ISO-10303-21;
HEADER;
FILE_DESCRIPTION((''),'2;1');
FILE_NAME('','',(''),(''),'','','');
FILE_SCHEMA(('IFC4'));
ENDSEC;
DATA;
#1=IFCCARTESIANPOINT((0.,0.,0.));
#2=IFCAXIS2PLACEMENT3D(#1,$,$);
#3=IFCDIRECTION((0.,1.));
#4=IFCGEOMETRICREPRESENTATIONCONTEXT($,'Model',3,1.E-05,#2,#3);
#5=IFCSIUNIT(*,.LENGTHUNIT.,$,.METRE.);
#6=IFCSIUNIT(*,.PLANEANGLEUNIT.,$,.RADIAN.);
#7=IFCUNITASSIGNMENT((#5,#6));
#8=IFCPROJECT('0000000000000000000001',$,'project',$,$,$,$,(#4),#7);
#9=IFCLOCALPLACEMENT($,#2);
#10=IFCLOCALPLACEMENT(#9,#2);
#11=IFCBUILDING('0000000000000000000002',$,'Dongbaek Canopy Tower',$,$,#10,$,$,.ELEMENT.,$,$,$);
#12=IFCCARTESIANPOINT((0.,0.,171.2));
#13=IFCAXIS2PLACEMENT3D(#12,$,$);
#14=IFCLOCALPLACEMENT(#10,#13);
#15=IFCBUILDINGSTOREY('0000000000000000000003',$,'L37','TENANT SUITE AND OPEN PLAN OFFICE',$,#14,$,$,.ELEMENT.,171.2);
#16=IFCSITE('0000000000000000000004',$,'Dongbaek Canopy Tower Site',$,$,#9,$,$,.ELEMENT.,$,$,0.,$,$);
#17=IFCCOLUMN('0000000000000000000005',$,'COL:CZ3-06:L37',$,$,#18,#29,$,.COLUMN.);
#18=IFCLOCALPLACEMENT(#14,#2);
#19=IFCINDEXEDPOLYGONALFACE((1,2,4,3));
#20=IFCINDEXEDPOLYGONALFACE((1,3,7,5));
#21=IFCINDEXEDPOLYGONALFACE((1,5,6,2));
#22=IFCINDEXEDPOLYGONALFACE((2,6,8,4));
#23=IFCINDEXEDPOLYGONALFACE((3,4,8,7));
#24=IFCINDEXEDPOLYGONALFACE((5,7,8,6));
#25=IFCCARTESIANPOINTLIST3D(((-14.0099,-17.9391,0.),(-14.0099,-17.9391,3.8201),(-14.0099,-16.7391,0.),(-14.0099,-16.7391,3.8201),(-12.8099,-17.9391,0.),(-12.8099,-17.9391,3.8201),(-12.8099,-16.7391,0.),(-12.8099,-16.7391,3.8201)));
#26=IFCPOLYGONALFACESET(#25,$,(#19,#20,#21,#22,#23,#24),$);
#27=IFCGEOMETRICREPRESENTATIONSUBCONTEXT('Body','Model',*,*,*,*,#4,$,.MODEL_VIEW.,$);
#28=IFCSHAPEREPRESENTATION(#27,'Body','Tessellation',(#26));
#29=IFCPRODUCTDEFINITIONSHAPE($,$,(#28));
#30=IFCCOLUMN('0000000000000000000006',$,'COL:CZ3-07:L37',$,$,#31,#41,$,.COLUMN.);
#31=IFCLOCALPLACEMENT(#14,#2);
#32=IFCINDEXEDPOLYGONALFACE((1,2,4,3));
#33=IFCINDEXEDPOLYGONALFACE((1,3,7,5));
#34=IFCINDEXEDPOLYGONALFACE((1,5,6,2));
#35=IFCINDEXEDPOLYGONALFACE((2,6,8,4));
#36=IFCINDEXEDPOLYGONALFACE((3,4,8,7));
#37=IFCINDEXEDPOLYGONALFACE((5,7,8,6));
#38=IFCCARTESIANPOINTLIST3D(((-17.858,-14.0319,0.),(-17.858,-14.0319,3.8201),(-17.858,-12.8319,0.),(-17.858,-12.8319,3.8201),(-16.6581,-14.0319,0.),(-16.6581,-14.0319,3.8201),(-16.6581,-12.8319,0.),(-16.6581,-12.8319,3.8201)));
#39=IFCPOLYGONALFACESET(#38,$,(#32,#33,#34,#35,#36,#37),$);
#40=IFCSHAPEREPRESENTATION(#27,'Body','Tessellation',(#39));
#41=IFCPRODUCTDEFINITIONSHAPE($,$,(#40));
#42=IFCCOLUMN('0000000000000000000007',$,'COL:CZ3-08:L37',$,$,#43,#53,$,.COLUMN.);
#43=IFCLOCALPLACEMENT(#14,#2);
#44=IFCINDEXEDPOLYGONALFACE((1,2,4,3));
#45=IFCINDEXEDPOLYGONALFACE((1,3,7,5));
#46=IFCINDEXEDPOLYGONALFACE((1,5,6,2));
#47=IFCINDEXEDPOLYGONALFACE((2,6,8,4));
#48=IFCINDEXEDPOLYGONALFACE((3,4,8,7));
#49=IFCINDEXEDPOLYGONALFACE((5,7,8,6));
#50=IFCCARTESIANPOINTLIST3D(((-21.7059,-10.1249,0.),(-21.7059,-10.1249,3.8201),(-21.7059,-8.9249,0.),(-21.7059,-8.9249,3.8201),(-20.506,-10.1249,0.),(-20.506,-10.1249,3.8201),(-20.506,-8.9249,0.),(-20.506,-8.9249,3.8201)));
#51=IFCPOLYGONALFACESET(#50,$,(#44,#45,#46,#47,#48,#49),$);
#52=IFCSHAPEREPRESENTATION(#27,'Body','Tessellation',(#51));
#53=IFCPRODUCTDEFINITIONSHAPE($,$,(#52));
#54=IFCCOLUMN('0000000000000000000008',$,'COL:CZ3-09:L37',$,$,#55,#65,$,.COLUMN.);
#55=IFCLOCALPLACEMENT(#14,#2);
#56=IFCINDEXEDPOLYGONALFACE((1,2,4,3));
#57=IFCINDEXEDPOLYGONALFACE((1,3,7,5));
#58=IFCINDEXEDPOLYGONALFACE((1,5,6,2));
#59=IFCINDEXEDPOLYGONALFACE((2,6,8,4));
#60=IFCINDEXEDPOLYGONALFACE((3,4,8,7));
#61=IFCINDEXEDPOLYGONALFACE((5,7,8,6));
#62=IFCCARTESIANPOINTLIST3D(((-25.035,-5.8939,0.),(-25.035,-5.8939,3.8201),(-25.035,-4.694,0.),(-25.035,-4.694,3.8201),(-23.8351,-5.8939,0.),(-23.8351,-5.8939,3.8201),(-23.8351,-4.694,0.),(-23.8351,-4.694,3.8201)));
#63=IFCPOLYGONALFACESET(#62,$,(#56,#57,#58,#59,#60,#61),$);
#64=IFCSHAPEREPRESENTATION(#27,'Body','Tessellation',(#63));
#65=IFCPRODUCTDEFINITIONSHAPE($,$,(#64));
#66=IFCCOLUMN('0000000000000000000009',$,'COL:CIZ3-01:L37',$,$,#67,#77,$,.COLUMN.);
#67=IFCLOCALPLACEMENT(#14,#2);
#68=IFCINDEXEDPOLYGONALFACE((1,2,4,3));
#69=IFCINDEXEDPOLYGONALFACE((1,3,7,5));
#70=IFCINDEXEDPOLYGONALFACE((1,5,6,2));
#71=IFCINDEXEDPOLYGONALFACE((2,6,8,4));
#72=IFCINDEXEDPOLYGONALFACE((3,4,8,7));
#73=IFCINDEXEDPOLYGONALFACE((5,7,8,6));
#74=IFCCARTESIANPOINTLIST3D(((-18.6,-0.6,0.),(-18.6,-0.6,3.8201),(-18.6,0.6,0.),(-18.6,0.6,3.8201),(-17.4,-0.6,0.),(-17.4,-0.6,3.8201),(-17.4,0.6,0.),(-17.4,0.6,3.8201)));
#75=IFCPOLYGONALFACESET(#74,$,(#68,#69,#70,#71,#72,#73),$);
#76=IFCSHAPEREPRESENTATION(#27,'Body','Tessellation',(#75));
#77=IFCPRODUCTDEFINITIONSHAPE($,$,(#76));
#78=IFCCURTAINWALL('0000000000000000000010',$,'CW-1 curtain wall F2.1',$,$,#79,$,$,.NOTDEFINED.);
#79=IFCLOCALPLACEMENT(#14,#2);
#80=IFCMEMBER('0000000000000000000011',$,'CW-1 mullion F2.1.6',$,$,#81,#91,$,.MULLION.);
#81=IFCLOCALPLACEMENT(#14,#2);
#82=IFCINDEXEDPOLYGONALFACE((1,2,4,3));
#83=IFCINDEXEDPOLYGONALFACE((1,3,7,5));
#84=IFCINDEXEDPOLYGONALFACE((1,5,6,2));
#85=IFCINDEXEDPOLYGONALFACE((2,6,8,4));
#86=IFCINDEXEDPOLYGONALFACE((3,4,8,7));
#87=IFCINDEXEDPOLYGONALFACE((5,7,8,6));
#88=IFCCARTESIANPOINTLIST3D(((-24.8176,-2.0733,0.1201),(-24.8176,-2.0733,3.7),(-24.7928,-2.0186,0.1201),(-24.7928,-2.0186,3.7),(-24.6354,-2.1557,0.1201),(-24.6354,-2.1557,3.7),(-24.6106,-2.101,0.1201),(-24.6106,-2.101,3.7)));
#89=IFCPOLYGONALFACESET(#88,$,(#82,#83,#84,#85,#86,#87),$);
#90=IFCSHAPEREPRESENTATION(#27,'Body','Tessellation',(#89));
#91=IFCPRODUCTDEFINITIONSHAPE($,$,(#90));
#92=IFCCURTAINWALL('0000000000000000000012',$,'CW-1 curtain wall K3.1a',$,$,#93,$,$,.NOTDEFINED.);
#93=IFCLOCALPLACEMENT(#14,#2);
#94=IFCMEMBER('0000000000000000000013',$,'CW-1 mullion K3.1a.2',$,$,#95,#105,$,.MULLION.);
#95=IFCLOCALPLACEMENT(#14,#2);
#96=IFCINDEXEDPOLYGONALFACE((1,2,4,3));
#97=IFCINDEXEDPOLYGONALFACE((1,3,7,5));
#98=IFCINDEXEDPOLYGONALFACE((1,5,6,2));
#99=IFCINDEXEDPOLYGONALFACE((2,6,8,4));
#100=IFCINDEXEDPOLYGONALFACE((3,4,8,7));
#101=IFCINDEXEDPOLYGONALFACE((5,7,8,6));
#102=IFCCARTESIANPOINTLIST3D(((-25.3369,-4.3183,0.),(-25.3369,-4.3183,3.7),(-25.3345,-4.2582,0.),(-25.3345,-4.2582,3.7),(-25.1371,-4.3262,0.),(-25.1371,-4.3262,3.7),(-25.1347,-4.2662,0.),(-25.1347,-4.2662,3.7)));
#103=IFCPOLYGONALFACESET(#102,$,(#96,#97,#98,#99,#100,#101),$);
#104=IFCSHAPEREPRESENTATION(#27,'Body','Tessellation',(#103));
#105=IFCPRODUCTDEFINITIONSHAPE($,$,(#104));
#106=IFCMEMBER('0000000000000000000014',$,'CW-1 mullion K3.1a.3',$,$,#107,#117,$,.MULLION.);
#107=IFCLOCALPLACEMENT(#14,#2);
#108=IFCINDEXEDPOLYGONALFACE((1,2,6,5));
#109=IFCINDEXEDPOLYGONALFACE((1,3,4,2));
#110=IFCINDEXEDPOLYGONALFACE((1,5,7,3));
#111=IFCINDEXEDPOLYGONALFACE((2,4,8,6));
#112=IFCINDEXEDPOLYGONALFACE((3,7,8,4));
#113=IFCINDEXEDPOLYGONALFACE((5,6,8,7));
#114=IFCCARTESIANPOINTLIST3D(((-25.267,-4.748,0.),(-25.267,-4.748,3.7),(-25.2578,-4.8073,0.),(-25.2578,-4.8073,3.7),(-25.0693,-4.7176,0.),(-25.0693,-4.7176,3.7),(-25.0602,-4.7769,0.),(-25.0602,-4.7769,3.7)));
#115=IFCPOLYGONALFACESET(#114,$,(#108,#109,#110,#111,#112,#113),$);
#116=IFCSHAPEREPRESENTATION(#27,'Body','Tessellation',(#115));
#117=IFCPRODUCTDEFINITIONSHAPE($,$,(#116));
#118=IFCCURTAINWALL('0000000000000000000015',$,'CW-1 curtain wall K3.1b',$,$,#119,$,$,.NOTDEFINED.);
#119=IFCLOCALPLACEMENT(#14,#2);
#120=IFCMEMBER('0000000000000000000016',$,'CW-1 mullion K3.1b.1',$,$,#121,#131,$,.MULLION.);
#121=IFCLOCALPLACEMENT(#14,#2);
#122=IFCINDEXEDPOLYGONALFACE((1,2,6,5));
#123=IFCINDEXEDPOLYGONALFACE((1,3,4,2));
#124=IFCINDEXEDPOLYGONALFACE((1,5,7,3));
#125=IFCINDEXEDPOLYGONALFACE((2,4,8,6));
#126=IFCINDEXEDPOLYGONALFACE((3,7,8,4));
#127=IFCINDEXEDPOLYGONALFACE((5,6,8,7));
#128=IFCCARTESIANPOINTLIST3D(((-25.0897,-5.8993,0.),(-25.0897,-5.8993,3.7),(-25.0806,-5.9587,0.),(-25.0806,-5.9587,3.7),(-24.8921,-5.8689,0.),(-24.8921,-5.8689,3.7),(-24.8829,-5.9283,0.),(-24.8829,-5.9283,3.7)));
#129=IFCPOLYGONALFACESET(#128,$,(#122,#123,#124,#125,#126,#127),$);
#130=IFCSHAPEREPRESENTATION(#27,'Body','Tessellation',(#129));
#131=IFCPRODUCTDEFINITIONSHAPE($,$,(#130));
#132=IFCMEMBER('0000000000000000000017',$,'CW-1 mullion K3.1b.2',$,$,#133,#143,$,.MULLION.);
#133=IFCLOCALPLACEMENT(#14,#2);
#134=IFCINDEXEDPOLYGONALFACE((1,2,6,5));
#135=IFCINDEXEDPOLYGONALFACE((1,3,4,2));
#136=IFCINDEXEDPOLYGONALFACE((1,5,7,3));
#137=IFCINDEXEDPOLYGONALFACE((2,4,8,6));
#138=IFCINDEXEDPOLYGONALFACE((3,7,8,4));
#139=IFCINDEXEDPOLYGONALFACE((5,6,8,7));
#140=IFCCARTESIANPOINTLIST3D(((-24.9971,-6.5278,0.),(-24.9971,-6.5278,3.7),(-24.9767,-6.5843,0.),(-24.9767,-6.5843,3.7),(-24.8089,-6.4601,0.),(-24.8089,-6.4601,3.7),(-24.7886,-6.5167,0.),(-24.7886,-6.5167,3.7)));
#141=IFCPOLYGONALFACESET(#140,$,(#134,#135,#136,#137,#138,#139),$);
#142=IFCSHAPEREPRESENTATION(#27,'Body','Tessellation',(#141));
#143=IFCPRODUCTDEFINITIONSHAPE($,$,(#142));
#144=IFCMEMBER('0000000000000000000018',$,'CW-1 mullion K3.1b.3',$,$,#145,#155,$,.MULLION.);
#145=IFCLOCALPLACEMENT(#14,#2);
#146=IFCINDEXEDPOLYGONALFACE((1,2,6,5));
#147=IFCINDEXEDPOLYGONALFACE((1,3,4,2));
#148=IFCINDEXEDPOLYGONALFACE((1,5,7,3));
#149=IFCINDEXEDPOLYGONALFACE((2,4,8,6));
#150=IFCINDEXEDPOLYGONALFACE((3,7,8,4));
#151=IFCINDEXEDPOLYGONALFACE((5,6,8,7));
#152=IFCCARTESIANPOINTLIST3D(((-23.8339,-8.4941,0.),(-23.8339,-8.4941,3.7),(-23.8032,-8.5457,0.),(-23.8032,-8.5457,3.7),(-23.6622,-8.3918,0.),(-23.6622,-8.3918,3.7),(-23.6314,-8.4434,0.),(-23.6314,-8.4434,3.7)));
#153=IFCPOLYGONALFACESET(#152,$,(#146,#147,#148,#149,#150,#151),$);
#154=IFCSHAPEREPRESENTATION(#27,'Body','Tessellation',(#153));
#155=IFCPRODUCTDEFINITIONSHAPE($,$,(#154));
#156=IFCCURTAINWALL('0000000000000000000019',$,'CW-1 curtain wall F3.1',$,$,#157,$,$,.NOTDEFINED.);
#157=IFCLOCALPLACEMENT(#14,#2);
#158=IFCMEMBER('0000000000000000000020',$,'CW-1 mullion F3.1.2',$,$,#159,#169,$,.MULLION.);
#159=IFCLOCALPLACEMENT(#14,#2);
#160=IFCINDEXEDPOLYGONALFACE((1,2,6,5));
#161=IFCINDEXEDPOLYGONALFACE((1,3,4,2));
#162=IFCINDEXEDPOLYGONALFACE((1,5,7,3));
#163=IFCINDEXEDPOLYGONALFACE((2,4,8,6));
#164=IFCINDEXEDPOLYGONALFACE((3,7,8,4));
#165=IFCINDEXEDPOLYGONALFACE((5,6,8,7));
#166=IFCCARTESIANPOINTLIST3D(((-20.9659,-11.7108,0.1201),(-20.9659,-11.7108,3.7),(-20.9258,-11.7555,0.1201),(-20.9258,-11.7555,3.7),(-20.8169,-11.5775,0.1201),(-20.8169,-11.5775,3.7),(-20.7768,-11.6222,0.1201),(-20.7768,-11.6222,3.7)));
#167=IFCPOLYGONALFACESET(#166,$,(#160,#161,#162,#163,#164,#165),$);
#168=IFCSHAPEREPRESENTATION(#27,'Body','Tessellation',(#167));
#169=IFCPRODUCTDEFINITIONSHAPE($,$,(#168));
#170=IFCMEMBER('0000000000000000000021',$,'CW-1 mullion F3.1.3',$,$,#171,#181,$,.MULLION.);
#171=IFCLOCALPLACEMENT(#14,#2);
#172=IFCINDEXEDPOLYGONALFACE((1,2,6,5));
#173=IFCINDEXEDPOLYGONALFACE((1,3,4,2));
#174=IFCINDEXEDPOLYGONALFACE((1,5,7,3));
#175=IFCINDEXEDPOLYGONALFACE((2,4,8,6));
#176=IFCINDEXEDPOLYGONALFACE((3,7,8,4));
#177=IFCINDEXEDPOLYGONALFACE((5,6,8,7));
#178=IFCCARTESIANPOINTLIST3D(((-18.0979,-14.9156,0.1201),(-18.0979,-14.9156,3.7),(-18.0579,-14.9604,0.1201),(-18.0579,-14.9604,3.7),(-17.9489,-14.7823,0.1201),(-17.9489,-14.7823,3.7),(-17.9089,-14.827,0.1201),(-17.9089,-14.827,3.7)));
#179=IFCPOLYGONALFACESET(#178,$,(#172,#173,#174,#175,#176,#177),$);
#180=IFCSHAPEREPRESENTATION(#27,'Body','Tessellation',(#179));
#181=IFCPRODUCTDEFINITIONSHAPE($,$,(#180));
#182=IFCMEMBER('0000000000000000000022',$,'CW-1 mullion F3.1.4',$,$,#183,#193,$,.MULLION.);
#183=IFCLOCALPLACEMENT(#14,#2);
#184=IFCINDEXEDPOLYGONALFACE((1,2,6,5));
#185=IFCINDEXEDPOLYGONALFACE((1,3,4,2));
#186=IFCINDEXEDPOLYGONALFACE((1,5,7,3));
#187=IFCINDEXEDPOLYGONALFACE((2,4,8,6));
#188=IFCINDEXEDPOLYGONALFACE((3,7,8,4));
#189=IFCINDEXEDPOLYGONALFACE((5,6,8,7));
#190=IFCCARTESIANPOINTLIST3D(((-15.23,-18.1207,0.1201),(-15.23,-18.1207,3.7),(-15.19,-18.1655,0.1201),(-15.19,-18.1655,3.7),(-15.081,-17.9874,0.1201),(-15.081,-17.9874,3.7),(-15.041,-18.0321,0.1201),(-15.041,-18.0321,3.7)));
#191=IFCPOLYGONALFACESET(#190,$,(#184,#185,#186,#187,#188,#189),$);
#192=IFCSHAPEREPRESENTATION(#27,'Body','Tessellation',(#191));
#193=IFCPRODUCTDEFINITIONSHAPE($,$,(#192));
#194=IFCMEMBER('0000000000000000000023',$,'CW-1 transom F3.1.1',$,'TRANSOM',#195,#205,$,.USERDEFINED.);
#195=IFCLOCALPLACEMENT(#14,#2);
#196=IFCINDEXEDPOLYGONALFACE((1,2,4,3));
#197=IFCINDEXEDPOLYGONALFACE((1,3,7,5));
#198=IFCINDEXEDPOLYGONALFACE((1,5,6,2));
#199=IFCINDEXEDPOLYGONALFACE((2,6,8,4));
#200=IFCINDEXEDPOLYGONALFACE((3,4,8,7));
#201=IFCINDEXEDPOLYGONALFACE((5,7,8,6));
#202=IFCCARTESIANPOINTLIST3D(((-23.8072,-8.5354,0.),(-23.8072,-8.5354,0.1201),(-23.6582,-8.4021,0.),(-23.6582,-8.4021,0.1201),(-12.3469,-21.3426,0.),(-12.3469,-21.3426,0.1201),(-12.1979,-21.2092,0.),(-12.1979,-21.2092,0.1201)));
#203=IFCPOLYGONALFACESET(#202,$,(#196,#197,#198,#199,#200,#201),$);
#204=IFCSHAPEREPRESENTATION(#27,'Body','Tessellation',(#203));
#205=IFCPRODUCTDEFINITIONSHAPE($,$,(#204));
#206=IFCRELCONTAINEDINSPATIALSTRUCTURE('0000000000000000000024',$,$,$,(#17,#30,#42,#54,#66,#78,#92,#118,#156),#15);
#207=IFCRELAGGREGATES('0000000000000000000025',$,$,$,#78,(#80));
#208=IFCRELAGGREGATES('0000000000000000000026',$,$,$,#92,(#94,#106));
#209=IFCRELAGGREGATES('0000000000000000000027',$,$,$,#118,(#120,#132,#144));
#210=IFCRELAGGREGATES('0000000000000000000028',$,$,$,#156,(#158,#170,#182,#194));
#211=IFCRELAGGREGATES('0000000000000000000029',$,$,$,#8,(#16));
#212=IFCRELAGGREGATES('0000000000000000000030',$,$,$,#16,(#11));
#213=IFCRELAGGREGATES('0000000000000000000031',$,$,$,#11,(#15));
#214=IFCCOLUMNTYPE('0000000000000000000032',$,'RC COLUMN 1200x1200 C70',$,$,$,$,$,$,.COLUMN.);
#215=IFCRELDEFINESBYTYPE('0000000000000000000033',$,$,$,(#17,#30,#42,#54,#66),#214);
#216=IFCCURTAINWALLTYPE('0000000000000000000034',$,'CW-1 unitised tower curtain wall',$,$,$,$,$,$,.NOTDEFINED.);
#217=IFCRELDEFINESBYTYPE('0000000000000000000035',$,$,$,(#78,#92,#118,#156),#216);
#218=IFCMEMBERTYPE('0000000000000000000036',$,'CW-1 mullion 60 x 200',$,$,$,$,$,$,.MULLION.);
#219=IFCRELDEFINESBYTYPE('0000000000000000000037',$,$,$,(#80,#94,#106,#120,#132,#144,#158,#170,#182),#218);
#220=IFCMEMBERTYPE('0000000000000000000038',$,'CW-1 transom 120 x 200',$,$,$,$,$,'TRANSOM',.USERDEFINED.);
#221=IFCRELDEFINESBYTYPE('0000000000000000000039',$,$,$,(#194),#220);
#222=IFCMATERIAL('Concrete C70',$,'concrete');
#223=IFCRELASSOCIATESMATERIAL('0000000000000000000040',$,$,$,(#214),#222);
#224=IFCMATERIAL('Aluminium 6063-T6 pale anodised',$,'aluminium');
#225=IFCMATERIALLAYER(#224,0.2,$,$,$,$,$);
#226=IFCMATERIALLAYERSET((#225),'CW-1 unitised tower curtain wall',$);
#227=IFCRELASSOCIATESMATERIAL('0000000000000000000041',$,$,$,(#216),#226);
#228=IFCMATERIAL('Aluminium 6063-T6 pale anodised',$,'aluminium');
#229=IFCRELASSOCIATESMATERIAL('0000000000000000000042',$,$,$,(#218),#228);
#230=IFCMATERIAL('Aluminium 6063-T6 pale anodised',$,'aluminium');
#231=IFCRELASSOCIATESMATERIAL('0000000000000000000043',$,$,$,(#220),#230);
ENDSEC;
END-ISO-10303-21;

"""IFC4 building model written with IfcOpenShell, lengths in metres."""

from ifc_helpers import new_model, si_unit, direction, frame, origin, origin_2d, place, context, subcontext, project, spatial, rectangle, extrude, material, layer, layer_set, material_profile, profile_set, type_object, element, aggregate, save


model = new_model("IFC4")

# Units and contexts
model_context = context("Model", 3, precision=1e-05, world=origin(), true_north=direction((0.0, 1.0)))
body_context = subcontext(model_context, "Body", "Model", "MODEL_VIEW")
ifc_project = project(units=[si_unit("LENGTHUNIT", "METRE"), si_unit("PLANEANGLEUNIT", "RADIAN")], contexts=[model_context])

# Site, building, storey
site_placement = place(None, origin())
site = spatial("IfcSite", under=ifc_project, at=site_placement, Name="Dongbaek Canopy Tower Site", CompositionType="ELEMENT", RefElevation=0.0)
building_placement = place(site_placement, origin())
building = spatial("IfcBuilding", under=site, at=building_placement, Name="Dongbaek Canopy Tower", CompositionType="ELEMENT")
storey_placement = place(building_placement, frame((0.0, 0.0, 171.2)))
storey = spatial("IfcBuildingStorey", under=building, at=storey_placement, Name="L37", Description="TENANT SUITE AND OPEN PLAN OFFICE", CompositionType="ELEMENT", Elevation=171.2)

# Columns
ifc_material_1 = material(Name="Concrete C70", Category="concrete")
ifc_material_profile_1 = material_profile(ifc_material_1, rectangle(XDim=1.2, YDim=1.2, at=origin_2d()), Name="RC COLUMN 1200x1200 C70")
ifc_profile_set_1 = profile_set([ifc_material_profile_1], Name="Concrete C70")
column_type = type_object("IfcColumnType", Name="RC COLUMN 1200x1200 C70", PredefinedType="COLUMN", material=ifc_profile_set_1)
for number, where, z_axis, x_axis, name in (
    (1, (-13.4099, -17.3391, 0.0), (0.0, 0.0, 1.0), (1.0, 0.0, 0.0), "COL:CZ3-06:L37"),
    (2, (-17.2581, -13.4319, 0.0), (0.0, 0.0, 1.0), (1.0, 0.0, 0.0), "COL:CZ3-07:L37"),
    (3, (-21.106, -9.5249, 0.0), (0.0, 0.0, 1.0), (1.0, 0.0, 0.0), "COL:CZ3-08:L37"),
    (4, (-24.4351, -5.2939, 0.0), (0.0, 0.0, 1.0), (1.0, 0.0, 0.0), "COL:CZ3-09:L37"),
    (5, (-18.0, 0.0, 0.0), (0.0, 0.0, 1.0), (1.0, 0.0, 0.0), "COL:CIZ3-01:L37"),
):
    element("IfcColumn", number, at=place(storey_placement, frame(where, z_axis=z_axis, x_axis=x_axis)), inside=storey, type_object=column_type, Name=name, PredefinedType="COLUMN", context=body_context, shape_type="SweptSolid", body=[
        extrude(rectangle(XDim=1.2, YDim=1.2, at=origin_2d()), origin(), (0.0, 0.0, 1.0), 3.8201),
    ])

# Curtain wall, member
ifc_material_2 = material(Name="Aluminium 6063-T6 pale anodised", Category="aluminium")
ifc_layer_1 = layer(ifc_material_2, 0.2)
ifc_layer_set_1 = layer_set([ifc_layer_1], Name="CW-1 unitised tower curtain wall")
curtain_wall_type = type_object("IfcCurtainWallType", Name="CW-1 unitised tower curtain wall", PredefinedType="NOTDEFINED", material=ifc_layer_set_1)
curtain_wall_1_placement = place(storey_placement, origin())
curtain_wall_1 = element("IfcCurtainWall", 6, at=curtain_wall_1_placement, inside=storey, type_object=curtain_wall_type, Name="CW-1 curtain wall F2.1", PredefinedType="NOTDEFINED")
ifc_material_3 = material(Name="Aluminium 6063-T6 pale anodised", Category="aluminium")
ifc_material_profile_2 = material_profile(ifc_material_3, rectangle(XDim=0.2, YDim=0.0601, at=origin_2d()), Name="CW-1 mullion 60 x 200")
ifc_profile_set_2 = profile_set([ifc_material_profile_2], Name="Aluminium 6063-T6 pale anodised")
member_type_1 = type_object("IfcMemberType", Name="CW-1 mullion 60 x 200", PredefinedType="MULLION", material=ifc_profile_set_2)
member_1_placement = place(storey_placement, frame((-24.7141, -2.0872, 0.1201), z_axis=(0.0, 0.0, 1.0), x_axis=(-0.911148, 0.41208, 0.0)))
member_1 = element("IfcMember", 7, at=member_1_placement, type_object=member_type_1, Name="CW-1 mullion F2.1.6", PredefinedType="MULLION", context=body_context, shape_type="SweptSolid", body=[
    extrude(rectangle(XDim=0.2, YDim=0.0601, at=origin_2d()), origin(), (0.0, 0.0, 1.0), 3.5798),
])
aggregate(curtain_wall_1, [member_1])

# Curtain walls, members
curtain_wall_2_placement = place(storey_placement, origin())
curtain_wall_2 = element("IfcCurtainWall", 8, at=curtain_wall_2_placement, inside=storey, type_object=curtain_wall_type, Name="CW-1 curtain wall K3.1a", PredefinedType="NOTDEFINED")
member_2_placement = place(storey_placement, frame((-25.2358, -4.2922, 0.0), z_axis=(0.0, 0.0, 1.0), x_axis=(-0.999206, 0.039832, 0.0)))
member_2 = element("IfcMember", 9, at=member_2_placement, type_object=member_type_1, Name="CW-1 mullion K3.1a.2", PredefinedType="MULLION", context=body_context, shape_type="SweptSolid", body=[
    extrude(rectangle(XDim=0.2, YDim=0.0601, at=origin_2d()), origin(), (0.0, 0.0, 1.0), 3.7),
])
member_3_placement = place(storey_placement, frame((-25.1636, -4.7625, 0.0), z_axis=(0.0, 0.0, 1.0), x_axis=(-0.988378, -0.152013, 0.0)))
member_3 = element("IfcMember", 10, at=member_3_placement, type_object=member_type_1, Name="CW-1 mullion K3.1a.3", PredefinedType="MULLION", context=body_context, shape_type="SweptSolid", body=[
    extrude(rectangle(XDim=0.2, YDim=0.0601, at=origin_2d()), origin(), (0.0, 0.0, 1.0), 3.7),
])
curtain_wall_3_placement = place(storey_placement, origin())
curtain_wall_3 = element("IfcCurtainWall", 11, at=curtain_wall_3_placement, inside=storey, type_object=curtain_wall_type, Name="CW-1 curtain wall K3.1b", PredefinedType="NOTDEFINED")
member_4_placement = place(storey_placement, frame((-24.9863, -5.9138, 0.0), z_axis=(0.0, 0.0, 1.0), x_axis=(-0.988378, -0.152013, 0.0)))
member_4 = element("IfcMember", 12, at=member_4_placement, type_object=member_type_1, Name="CW-1 mullion K3.1b.1", PredefinedType="MULLION", context=body_context, shape_type="SweptSolid", body=[
    extrude(rectangle(XDim=0.2, YDim=0.0601, at=origin_2d()), origin(), (0.0, 0.0, 1.0), 3.7),
])
member_5_placement = place(storey_placement, frame((-24.8928, -6.5222, 0.0), z_axis=(0.0, 0.0, 1.0), x_axis=(-0.941058, -0.338245, 0.0)))
member_5 = element("IfcMember", 13, at=member_5_placement, type_object=member_type_1, Name="CW-1 mullion K3.1b.2", PredefinedType="MULLION", context=body_context, shape_type="SweptSolid", body=[
    extrude(rectangle(XDim=0.2, YDim=0.0601, at=origin_2d()), origin(), (0.0, 0.0, 1.0), 3.7),
])
member_6_placement = place(storey_placement, frame((-23.7327, -8.4688, 0.0), z_axis=(0.0, 0.0, 1.0), x_axis=(-0.858992, -0.511989, 0.0)))
member_6 = element("IfcMember", 14, at=member_6_placement, type_object=member_type_1, Name="CW-1 mullion K3.1b.3", PredefinedType="MULLION", context=body_context, shape_type="SweptSolid", body=[
    extrude(rectangle(XDim=0.2, YDim=0.0601, at=origin_2d()), origin(), (0.0, 0.0, 1.0), 3.7),
])
curtain_wall_4_placement = place(storey_placement, origin())
curtain_wall_4 = element("IfcCurtainWall", 15, at=curtain_wall_4_placement, inside=storey, type_object=curtain_wall_type, Name="CW-1 curtain wall F3.1", PredefinedType="NOTDEFINED")
member_7_placement = place(storey_placement, frame((-20.8713, -11.6665, 0.1201), z_axis=(0.0, 0.0, 1.0), x_axis=(-0.745211, -0.666829, 0.0)))
member_7 = element("IfcMember", 16, at=member_7_placement, type_object=member_type_1, Name="CW-1 mullion F3.1.2", PredefinedType="MULLION", context=body_context, shape_type="SweptSolid", body=[
    extrude(rectangle(XDim=0.2, YDim=0.0601, at=origin_2d()), origin(), (0.0, 0.0, 1.0), 3.5798),
])
member_8_placement = place(storey_placement, frame((-18.0034, -14.8713, 0.1201), z_axis=(0.0, 0.0, 1.0), x_axis=(-0.745211, -0.666829, 0.0)))
member_8 = element("IfcMember", 17, at=member_8_placement, type_object=member_type_1, Name="CW-1 mullion F3.1.3", PredefinedType="MULLION", context=body_context, shape_type="SweptSolid", body=[
    extrude(rectangle(XDim=0.2, YDim=0.0601, at=origin_2d()), origin(), (0.0, 0.0, 1.0), 3.5798),
])
member_9_placement = place(storey_placement, frame((-15.1355, -18.0764, 0.1201), z_axis=(0.0, 0.0, 1.0), x_axis=(-0.745211, -0.666829, 0.0)))
member_9 = element("IfcMember", 18, at=member_9_placement, type_object=member_type_1, Name="CW-1 mullion F3.1.4", PredefinedType="MULLION", context=body_context, shape_type="SweptSolid", body=[
    extrude(rectangle(XDim=0.2, YDim=0.0601, at=origin_2d()), origin(), (0.0, 0.0, 1.0), 3.5798),
])
ifc_material_4 = material(Name="Aluminium 6063-T6 pale anodised", Category="aluminium")
ifc_material_profile_3 = material_profile(ifc_material_4, rectangle(XDim=0.2, YDim=0.1201, at=origin_2d()), Name="CW-1 transom 120 x 200")
ifc_profile_set_3 = profile_set([ifc_material_profile_3], Name="Aluminium 6063-T6 pale anodised")
member_type_2 = type_object("IfcMemberType", Name="CW-1 transom 120 x 200", ElementType="TRANSOM", PredefinedType="USERDEFINED", material=ifc_profile_set_3)
member_10_placement = place(storey_placement, frame((-23.7327, -8.4688, 0.0601), z_axis=(0.666833, -0.745207, 0.0), x_axis=(0.745207, 0.666833, 0.0)))
member_10 = element("IfcMember", 19, at=member_10_placement, type_object=member_type_2, Name="CW-1 transom F3.1.1", ObjectType="TRANSOM", PredefinedType="USERDEFINED", context=body_context, shape_type="SweptSolid", body=[
    extrude(rectangle(XDim=0.2, YDim=0.1201, at=origin_2d()), origin(), (0.0, 0.0, 1.0), 17.186),
])

aggregate(curtain_wall_2, [member_2, member_3])
aggregate(curtain_wall_3, [member_4, member_5, member_6])
aggregate(curtain_wall_4, [member_7, member_8, member_9, member_10])

save(model, "model.ifc")
